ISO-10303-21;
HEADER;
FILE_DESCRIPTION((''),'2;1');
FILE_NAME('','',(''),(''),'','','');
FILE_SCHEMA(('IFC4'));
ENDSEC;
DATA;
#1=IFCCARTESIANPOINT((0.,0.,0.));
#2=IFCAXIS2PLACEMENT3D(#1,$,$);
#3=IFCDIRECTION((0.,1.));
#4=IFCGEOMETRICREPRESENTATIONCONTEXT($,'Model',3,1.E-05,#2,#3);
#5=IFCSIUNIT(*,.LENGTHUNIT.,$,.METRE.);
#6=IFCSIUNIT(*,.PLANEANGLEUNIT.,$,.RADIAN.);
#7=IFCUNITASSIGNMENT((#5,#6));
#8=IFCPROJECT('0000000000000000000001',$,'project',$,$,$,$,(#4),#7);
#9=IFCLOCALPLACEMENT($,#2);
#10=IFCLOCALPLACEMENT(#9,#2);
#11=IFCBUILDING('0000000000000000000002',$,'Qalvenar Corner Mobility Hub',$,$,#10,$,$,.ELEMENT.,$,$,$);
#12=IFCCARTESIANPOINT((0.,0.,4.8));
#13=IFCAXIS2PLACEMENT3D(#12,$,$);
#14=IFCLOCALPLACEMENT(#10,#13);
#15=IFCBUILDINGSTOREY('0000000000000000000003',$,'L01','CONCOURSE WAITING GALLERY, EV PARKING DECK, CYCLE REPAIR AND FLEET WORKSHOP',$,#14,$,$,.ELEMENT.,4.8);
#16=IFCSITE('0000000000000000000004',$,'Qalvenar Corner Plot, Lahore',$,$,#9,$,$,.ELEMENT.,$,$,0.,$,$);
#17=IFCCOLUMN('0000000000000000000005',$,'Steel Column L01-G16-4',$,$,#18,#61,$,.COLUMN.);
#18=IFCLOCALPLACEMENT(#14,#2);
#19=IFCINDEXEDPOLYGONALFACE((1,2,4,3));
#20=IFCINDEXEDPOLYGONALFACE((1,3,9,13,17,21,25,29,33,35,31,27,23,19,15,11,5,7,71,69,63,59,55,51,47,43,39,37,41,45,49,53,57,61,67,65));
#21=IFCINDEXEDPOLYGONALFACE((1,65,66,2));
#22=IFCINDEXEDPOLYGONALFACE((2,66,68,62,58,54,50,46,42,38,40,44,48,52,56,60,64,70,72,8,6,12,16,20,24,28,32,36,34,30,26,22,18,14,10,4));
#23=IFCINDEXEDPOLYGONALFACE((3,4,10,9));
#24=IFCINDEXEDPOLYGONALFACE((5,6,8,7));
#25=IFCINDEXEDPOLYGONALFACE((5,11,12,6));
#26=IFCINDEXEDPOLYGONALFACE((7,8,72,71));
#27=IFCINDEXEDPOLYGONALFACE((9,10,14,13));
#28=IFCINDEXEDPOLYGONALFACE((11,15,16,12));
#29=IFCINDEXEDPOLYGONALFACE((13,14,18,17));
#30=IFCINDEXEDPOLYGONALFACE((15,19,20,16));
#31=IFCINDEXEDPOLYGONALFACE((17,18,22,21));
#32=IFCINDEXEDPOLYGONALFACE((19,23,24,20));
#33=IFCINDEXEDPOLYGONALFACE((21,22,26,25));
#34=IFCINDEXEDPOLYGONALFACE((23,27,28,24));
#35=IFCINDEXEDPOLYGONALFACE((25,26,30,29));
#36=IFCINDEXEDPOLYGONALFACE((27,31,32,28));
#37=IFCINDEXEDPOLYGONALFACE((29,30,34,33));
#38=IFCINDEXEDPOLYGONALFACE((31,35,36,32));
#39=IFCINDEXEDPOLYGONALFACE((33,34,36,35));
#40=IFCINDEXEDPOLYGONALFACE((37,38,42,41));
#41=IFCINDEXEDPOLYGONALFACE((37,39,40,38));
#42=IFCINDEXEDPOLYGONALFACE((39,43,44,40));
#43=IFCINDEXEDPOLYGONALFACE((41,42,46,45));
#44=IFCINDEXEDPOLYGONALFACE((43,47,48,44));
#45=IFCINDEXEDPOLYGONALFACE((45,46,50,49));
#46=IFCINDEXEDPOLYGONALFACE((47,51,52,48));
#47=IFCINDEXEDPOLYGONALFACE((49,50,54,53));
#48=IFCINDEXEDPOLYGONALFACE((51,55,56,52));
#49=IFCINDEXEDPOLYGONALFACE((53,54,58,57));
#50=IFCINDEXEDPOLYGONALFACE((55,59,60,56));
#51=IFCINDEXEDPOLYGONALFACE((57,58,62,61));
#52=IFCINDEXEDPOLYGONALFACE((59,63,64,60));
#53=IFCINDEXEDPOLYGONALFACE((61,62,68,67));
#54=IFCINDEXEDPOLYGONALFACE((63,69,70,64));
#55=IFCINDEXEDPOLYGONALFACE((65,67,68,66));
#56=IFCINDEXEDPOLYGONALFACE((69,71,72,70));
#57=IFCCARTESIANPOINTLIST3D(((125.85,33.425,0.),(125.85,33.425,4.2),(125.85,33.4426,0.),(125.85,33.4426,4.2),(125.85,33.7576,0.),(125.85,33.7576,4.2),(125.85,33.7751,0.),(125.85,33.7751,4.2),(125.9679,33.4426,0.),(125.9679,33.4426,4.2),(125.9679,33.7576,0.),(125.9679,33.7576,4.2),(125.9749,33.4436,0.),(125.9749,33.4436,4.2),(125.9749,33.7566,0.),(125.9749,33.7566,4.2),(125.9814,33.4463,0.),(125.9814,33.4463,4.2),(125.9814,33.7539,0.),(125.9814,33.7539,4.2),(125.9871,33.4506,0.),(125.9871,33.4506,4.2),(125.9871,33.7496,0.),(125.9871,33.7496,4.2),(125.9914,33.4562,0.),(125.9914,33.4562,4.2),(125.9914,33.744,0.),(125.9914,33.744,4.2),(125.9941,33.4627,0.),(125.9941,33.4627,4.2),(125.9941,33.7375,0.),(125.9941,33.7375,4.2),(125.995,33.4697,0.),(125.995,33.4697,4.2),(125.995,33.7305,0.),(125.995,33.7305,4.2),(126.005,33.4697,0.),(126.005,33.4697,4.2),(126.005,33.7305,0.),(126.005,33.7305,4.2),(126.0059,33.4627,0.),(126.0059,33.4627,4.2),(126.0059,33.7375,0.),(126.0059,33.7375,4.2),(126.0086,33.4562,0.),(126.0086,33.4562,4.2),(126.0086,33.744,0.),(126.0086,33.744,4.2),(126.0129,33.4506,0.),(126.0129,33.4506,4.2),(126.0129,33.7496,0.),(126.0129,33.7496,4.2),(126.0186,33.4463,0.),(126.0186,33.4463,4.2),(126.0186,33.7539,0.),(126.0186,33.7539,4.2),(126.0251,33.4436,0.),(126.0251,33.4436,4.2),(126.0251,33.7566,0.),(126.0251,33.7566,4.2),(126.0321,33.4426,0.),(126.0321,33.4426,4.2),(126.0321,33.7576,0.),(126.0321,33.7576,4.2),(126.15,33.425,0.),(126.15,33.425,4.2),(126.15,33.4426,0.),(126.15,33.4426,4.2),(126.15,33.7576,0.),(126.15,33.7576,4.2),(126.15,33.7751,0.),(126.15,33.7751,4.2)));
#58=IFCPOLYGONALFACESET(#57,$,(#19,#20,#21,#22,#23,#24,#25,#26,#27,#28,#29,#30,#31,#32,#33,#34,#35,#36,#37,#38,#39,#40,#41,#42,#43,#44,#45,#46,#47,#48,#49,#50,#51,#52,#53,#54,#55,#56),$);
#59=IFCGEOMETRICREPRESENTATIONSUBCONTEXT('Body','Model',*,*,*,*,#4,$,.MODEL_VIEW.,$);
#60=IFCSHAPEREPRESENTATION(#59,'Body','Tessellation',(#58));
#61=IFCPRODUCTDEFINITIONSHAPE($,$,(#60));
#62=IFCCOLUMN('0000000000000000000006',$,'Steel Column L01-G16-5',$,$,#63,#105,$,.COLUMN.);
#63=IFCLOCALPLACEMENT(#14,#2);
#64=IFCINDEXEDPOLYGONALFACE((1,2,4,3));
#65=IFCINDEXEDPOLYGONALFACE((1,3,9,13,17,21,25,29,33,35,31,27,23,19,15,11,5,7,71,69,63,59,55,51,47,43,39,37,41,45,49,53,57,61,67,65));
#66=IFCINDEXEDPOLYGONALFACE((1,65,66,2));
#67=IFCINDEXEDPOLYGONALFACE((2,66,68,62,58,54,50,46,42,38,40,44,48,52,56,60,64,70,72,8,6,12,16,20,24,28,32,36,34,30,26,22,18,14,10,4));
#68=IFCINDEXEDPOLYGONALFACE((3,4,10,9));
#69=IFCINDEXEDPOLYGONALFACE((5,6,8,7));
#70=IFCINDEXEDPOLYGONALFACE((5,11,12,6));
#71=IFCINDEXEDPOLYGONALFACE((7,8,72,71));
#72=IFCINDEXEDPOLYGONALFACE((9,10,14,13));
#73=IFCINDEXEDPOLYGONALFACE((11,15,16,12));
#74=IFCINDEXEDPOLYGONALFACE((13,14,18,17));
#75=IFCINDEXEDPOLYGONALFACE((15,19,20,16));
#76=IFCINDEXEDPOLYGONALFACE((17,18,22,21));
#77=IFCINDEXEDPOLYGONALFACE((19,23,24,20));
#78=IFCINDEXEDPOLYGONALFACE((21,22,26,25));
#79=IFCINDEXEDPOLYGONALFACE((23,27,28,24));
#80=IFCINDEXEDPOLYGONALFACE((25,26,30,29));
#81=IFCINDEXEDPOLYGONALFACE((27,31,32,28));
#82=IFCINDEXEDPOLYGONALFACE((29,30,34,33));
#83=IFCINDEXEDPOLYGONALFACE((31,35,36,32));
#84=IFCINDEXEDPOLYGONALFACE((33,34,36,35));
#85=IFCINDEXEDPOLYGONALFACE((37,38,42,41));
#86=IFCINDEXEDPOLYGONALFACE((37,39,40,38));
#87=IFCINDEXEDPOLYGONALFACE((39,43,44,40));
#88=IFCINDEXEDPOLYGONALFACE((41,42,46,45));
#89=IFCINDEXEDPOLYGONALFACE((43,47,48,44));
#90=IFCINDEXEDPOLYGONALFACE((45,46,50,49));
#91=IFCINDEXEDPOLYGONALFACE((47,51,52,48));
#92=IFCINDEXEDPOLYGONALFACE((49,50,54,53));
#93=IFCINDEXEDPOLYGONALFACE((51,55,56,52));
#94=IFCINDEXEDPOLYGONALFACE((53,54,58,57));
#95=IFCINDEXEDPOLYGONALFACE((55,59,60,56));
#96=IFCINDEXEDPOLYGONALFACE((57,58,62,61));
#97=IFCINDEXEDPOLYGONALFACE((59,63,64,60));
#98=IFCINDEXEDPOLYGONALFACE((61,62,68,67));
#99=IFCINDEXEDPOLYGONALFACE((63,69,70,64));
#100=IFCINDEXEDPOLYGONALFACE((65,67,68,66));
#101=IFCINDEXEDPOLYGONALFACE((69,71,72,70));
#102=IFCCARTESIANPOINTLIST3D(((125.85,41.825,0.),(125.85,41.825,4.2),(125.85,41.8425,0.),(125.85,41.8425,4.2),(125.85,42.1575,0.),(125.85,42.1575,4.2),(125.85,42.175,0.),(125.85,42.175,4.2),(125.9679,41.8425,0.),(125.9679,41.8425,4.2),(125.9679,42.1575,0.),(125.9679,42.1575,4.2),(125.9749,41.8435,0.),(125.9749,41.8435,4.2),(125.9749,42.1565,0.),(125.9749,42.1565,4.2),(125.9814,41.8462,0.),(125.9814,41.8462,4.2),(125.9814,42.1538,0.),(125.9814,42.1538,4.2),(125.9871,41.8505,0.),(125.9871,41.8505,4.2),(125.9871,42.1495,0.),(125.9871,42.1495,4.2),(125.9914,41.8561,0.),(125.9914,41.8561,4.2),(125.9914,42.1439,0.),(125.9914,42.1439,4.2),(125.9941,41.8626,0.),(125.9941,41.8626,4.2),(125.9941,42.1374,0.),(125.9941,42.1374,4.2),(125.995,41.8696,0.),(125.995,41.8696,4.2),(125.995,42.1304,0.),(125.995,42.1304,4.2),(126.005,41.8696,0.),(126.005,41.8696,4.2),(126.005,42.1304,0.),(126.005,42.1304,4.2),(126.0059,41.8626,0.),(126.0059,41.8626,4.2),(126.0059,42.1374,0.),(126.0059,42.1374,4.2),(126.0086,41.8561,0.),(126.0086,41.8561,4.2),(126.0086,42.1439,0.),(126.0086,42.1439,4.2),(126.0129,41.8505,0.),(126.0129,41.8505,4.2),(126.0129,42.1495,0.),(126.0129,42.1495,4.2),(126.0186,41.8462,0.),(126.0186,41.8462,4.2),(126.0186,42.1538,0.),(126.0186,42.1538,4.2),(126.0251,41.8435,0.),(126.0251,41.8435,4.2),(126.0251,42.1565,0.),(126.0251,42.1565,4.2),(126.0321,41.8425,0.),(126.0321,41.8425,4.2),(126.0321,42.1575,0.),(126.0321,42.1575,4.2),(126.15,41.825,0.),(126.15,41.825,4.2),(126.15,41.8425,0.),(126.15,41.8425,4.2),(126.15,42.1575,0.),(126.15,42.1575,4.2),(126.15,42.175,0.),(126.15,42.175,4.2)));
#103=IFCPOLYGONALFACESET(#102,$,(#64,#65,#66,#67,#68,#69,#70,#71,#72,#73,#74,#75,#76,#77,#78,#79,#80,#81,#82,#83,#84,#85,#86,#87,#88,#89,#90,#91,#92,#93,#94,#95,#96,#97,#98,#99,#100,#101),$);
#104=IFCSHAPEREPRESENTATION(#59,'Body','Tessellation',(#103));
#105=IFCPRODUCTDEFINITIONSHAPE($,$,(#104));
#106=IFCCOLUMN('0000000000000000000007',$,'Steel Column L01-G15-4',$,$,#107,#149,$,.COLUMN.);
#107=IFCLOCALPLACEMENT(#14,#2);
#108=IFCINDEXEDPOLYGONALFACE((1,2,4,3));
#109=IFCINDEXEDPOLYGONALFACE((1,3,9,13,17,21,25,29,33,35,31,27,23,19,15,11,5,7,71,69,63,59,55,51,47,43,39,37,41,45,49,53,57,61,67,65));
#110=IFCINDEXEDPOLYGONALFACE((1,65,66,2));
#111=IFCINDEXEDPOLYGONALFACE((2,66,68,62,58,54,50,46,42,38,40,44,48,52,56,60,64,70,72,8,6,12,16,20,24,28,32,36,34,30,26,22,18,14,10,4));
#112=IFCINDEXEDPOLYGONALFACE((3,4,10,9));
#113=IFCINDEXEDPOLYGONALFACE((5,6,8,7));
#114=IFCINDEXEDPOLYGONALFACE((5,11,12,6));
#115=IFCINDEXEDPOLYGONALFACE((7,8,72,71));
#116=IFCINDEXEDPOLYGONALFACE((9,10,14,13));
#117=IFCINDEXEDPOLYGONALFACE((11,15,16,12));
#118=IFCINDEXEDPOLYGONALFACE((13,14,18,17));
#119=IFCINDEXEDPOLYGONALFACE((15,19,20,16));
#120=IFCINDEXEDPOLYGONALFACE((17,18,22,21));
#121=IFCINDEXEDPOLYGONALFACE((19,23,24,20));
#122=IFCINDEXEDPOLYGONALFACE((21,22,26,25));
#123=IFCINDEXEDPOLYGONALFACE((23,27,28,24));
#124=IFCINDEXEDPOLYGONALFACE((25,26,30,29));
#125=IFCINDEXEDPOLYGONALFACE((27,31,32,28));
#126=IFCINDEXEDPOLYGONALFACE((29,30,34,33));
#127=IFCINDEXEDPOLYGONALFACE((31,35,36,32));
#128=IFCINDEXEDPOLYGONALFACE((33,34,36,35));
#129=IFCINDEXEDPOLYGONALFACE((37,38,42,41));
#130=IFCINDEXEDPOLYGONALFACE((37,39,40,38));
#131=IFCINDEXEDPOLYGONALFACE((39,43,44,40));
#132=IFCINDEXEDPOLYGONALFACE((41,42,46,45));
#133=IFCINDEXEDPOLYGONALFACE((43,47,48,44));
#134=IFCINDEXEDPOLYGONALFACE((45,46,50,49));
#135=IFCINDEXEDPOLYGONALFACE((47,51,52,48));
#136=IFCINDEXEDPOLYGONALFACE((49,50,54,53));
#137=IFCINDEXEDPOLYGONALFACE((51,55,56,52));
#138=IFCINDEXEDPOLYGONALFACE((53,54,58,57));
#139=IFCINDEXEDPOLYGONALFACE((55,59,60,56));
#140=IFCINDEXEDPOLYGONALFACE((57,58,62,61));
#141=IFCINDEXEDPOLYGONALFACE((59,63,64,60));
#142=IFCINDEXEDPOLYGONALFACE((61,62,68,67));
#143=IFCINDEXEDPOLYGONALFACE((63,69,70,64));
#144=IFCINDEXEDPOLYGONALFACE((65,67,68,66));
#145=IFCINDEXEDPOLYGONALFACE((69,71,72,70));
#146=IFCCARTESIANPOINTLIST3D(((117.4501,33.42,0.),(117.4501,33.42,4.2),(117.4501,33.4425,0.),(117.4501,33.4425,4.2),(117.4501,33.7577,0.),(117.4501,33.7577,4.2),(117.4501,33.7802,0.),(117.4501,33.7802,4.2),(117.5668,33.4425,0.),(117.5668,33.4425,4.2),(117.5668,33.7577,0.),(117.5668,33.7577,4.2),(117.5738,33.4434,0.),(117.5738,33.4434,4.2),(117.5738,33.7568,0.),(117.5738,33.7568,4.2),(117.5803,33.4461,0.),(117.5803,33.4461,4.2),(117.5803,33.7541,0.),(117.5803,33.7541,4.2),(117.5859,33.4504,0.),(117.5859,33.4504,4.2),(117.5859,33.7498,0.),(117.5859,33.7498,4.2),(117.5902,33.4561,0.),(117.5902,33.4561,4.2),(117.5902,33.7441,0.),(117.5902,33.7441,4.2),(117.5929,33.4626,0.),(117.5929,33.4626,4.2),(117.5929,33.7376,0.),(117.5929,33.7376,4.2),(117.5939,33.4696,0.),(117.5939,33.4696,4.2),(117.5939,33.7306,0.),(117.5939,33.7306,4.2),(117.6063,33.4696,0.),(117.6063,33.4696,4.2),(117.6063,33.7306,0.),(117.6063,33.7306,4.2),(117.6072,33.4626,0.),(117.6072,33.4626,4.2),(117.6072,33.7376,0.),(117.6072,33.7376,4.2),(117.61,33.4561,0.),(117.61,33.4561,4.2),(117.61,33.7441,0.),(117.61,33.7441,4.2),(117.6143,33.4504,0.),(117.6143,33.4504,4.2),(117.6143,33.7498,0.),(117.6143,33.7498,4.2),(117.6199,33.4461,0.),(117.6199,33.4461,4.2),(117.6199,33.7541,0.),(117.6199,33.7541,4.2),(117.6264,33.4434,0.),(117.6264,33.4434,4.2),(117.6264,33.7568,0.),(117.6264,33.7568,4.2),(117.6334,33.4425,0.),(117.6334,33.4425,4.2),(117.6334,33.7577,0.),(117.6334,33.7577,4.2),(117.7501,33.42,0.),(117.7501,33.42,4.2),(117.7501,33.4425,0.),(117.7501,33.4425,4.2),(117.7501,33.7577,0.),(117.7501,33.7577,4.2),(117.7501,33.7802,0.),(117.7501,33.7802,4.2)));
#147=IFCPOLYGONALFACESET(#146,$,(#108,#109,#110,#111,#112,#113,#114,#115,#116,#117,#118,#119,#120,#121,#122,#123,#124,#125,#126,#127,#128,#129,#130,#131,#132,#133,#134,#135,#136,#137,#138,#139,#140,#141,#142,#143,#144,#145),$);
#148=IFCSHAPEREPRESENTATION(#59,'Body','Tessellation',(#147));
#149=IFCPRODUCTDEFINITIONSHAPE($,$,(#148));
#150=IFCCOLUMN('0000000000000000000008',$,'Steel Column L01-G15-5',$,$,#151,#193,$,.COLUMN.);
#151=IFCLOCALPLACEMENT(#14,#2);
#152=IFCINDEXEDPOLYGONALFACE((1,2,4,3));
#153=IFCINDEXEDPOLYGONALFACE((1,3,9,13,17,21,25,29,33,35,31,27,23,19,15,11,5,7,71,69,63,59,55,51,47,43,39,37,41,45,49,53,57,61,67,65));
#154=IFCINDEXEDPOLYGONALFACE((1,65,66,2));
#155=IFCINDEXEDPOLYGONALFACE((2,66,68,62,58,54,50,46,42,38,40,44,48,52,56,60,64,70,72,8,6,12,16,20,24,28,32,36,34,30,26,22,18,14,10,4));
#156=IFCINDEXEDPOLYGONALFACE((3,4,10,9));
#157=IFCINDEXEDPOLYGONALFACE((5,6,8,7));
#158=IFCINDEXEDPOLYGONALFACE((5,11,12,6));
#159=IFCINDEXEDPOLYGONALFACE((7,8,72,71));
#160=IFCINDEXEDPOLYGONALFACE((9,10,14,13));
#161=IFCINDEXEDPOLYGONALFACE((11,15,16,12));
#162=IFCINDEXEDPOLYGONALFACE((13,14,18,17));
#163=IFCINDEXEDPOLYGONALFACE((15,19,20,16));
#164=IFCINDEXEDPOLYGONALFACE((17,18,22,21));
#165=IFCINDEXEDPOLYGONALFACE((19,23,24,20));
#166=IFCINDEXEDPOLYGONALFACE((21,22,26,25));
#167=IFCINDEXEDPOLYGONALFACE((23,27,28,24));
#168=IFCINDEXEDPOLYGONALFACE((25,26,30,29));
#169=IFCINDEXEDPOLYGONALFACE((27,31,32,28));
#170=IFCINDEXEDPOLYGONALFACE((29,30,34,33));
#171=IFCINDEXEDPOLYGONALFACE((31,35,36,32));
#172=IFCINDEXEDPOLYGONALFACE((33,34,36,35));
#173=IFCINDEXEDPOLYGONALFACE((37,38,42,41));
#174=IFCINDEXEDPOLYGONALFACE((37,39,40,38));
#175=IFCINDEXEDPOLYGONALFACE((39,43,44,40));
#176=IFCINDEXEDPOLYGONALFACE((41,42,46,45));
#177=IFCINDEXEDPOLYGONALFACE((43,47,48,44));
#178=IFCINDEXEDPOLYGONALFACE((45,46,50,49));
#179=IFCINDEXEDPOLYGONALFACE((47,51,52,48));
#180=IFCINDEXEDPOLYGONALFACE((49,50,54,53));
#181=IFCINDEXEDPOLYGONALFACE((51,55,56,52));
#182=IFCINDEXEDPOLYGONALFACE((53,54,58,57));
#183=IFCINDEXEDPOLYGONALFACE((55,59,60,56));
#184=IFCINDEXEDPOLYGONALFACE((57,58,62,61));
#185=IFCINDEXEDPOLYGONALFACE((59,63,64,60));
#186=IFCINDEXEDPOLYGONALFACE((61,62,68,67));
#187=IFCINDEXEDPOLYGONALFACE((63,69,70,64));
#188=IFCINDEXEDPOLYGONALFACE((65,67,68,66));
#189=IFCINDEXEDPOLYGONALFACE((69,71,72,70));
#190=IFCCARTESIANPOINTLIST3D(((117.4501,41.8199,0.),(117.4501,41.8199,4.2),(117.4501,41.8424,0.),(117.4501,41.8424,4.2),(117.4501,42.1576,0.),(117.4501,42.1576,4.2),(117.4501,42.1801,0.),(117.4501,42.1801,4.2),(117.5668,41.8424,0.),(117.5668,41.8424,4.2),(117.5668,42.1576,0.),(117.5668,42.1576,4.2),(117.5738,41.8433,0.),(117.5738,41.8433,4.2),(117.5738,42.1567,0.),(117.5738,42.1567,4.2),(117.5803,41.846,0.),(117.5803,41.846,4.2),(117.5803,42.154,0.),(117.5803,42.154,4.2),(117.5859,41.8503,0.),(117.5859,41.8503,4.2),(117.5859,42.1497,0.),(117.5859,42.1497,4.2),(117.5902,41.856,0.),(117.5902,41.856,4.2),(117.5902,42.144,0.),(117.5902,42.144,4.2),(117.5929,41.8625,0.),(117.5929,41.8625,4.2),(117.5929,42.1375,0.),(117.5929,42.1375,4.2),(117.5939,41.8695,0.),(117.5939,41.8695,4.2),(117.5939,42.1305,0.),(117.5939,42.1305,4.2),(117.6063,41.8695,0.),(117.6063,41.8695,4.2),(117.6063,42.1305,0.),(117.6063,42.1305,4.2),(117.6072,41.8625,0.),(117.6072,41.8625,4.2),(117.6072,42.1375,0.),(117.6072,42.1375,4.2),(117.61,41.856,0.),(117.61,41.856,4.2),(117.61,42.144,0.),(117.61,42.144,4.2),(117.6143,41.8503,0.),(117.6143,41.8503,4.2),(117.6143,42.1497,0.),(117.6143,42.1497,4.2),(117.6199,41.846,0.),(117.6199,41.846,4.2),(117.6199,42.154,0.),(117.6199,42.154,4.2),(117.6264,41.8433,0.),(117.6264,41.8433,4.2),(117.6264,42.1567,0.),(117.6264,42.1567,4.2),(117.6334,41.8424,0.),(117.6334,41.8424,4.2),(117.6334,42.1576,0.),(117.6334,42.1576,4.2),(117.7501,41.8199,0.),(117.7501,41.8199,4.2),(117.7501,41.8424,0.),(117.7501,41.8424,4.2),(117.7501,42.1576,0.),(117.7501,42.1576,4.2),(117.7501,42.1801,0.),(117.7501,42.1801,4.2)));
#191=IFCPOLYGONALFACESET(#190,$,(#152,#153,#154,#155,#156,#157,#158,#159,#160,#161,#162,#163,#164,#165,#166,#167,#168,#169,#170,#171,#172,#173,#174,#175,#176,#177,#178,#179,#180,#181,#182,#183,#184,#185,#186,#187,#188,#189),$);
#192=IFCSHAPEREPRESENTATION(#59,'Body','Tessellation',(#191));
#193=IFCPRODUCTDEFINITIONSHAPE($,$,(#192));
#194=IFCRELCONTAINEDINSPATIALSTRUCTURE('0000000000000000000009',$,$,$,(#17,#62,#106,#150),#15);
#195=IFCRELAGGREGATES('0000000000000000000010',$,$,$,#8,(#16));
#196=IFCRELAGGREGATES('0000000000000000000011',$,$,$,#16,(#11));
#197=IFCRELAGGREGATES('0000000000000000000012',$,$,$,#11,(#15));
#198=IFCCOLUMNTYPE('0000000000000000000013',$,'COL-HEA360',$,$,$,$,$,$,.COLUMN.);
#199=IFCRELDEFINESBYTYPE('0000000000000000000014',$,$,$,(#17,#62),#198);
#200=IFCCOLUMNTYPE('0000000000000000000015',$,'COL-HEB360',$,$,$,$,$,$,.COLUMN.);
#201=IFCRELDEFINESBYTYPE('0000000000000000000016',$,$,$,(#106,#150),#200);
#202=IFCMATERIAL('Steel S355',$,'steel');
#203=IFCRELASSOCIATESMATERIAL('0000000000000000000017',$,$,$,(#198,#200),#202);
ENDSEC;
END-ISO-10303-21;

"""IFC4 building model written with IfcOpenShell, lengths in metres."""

from ifc_helpers import new_model, si_unit, direction, frame, origin, origin_2d, place, context, subcontext, project, spatial, i_section, extrude, material, material_profile, profile_set, type_object, element, save


model = new_model("IFC4")

# Units and contexts
model_context = context("Model", 3, precision=1e-05, world=origin(), true_north=direction((0.0, 1.0)))
body_context = subcontext(model_context, "Body", "Model", "MODEL_VIEW")
ifc_project = project(units=[si_unit("LENGTHUNIT", "METRE"), si_unit("PLANEANGLEUNIT", "RADIAN")], contexts=[model_context])

# Site, building, storey
site_placement = place(None, origin())
site = spatial("IfcSite", under=ifc_project, at=site_placement, Name="Qalvenar Corner Plot, Lahore", CompositionType="ELEMENT", RefElevation=0.0)
building_placement = place(site_placement, origin())
building = spatial("IfcBuilding", under=site, at=building_placement, Name="Qalvenar Corner Mobility Hub", CompositionType="ELEMENT")
storey_placement = place(building_placement, frame((0.0, 0.0, 4.8)))
storey = spatial("IfcBuildingStorey", under=building, at=storey_placement, Name="L01", Description="CONCOURSE WAITING GALLERY, EV PARKING DECK, CYCLE REPAIR AND FLEET WORKSHOP", CompositionType="ELEMENT", Elevation=4.8)

# Columns
ifc_material_1 = material(Name="Steel S355", Category="steel")
ifc_material_profile_1 = material_profile(ifc_material_1, i_section(OverallWidth=0.3, OverallDepth=0.3501, WebThickness=0.01, FlangeThickness=0.0176, FilletRadius=0.0271, at=origin_2d()), Name="HEA360")
ifc_profile_set_1 = profile_set([ifc_material_profile_1], Name="Steel S355")
column_type_1 = type_object("IfcColumnType", Name="COL-HEA360", PredefinedType="COLUMN", material=ifc_profile_set_1)
for number, where, z_axis, x_axis, name in (
    (1, (126.0, 33.6001, 0.0), (0.0, 0.0, 1.0), (1.0, 0.0, 0.0), "Steel Column L01-G16-4"),
    (2, (126.0, 42.0, 0.0), (0.0, 0.0, 1.0), (1.0, 0.0, 0.0), "Steel Column L01-G16-5"),
):
    element("IfcColumn", number, at=place(storey_placement, frame(where, z_axis=z_axis, x_axis=x_axis)), inside=storey, type_object=column_type_1, Name=name, PredefinedType="COLUMN", context=body_context, shape_type="SweptSolid", body=[
        extrude(i_section(OverallWidth=0.3, OverallDepth=0.3501, WebThickness=0.01, FlangeThickness=0.0176, FilletRadius=0.0271, at=origin_2d()), origin(), (0.0, 0.0, 1.0), 4.2),
    ])
ifc_material_profile_2 = material_profile(ifc_material_1, i_section(OverallWidth=0.3, OverallDepth=0.3601, WebThickness=0.0125, FlangeThickness=0.0225, FilletRadius=0.0271, at=origin_2d()), Name="HEB360")
ifc_profile_set_2 = profile_set([ifc_material_profile_2], Name="Steel S355")
column_type_2 = type_object("IfcColumnType", Name="COL-HEB360", PredefinedType="COLUMN", material=ifc_profile_set_2)
for number, where, z_axis, x_axis, name in (
    (3, (117.6001, 33.6001, 0.0), (0.0, 0.0, 1.0), (1.0, 0.0, 0.0), "Steel Column L01-G15-4"),
    (4, (117.6001, 42.0, 0.0), (0.0, 0.0, 1.0), (1.0, 0.0, 0.0), "Steel Column L01-G15-5"),
):
    element("IfcColumn", number, at=place(storey_placement, frame(where, z_axis=z_axis, x_axis=x_axis)), inside=storey, type_object=column_type_2, Name=name, PredefinedType="COLUMN", context=body_context, shape_type="SweptSolid", body=[
        extrude(i_section(OverallWidth=0.3, OverallDepth=0.3601, WebThickness=0.0125, FlangeThickness=0.0225, FilletRadius=0.0271, at=origin_2d()), origin(), (0.0, 0.0, 1.0), 4.2),
    ])

save(model, "model.ifc")
